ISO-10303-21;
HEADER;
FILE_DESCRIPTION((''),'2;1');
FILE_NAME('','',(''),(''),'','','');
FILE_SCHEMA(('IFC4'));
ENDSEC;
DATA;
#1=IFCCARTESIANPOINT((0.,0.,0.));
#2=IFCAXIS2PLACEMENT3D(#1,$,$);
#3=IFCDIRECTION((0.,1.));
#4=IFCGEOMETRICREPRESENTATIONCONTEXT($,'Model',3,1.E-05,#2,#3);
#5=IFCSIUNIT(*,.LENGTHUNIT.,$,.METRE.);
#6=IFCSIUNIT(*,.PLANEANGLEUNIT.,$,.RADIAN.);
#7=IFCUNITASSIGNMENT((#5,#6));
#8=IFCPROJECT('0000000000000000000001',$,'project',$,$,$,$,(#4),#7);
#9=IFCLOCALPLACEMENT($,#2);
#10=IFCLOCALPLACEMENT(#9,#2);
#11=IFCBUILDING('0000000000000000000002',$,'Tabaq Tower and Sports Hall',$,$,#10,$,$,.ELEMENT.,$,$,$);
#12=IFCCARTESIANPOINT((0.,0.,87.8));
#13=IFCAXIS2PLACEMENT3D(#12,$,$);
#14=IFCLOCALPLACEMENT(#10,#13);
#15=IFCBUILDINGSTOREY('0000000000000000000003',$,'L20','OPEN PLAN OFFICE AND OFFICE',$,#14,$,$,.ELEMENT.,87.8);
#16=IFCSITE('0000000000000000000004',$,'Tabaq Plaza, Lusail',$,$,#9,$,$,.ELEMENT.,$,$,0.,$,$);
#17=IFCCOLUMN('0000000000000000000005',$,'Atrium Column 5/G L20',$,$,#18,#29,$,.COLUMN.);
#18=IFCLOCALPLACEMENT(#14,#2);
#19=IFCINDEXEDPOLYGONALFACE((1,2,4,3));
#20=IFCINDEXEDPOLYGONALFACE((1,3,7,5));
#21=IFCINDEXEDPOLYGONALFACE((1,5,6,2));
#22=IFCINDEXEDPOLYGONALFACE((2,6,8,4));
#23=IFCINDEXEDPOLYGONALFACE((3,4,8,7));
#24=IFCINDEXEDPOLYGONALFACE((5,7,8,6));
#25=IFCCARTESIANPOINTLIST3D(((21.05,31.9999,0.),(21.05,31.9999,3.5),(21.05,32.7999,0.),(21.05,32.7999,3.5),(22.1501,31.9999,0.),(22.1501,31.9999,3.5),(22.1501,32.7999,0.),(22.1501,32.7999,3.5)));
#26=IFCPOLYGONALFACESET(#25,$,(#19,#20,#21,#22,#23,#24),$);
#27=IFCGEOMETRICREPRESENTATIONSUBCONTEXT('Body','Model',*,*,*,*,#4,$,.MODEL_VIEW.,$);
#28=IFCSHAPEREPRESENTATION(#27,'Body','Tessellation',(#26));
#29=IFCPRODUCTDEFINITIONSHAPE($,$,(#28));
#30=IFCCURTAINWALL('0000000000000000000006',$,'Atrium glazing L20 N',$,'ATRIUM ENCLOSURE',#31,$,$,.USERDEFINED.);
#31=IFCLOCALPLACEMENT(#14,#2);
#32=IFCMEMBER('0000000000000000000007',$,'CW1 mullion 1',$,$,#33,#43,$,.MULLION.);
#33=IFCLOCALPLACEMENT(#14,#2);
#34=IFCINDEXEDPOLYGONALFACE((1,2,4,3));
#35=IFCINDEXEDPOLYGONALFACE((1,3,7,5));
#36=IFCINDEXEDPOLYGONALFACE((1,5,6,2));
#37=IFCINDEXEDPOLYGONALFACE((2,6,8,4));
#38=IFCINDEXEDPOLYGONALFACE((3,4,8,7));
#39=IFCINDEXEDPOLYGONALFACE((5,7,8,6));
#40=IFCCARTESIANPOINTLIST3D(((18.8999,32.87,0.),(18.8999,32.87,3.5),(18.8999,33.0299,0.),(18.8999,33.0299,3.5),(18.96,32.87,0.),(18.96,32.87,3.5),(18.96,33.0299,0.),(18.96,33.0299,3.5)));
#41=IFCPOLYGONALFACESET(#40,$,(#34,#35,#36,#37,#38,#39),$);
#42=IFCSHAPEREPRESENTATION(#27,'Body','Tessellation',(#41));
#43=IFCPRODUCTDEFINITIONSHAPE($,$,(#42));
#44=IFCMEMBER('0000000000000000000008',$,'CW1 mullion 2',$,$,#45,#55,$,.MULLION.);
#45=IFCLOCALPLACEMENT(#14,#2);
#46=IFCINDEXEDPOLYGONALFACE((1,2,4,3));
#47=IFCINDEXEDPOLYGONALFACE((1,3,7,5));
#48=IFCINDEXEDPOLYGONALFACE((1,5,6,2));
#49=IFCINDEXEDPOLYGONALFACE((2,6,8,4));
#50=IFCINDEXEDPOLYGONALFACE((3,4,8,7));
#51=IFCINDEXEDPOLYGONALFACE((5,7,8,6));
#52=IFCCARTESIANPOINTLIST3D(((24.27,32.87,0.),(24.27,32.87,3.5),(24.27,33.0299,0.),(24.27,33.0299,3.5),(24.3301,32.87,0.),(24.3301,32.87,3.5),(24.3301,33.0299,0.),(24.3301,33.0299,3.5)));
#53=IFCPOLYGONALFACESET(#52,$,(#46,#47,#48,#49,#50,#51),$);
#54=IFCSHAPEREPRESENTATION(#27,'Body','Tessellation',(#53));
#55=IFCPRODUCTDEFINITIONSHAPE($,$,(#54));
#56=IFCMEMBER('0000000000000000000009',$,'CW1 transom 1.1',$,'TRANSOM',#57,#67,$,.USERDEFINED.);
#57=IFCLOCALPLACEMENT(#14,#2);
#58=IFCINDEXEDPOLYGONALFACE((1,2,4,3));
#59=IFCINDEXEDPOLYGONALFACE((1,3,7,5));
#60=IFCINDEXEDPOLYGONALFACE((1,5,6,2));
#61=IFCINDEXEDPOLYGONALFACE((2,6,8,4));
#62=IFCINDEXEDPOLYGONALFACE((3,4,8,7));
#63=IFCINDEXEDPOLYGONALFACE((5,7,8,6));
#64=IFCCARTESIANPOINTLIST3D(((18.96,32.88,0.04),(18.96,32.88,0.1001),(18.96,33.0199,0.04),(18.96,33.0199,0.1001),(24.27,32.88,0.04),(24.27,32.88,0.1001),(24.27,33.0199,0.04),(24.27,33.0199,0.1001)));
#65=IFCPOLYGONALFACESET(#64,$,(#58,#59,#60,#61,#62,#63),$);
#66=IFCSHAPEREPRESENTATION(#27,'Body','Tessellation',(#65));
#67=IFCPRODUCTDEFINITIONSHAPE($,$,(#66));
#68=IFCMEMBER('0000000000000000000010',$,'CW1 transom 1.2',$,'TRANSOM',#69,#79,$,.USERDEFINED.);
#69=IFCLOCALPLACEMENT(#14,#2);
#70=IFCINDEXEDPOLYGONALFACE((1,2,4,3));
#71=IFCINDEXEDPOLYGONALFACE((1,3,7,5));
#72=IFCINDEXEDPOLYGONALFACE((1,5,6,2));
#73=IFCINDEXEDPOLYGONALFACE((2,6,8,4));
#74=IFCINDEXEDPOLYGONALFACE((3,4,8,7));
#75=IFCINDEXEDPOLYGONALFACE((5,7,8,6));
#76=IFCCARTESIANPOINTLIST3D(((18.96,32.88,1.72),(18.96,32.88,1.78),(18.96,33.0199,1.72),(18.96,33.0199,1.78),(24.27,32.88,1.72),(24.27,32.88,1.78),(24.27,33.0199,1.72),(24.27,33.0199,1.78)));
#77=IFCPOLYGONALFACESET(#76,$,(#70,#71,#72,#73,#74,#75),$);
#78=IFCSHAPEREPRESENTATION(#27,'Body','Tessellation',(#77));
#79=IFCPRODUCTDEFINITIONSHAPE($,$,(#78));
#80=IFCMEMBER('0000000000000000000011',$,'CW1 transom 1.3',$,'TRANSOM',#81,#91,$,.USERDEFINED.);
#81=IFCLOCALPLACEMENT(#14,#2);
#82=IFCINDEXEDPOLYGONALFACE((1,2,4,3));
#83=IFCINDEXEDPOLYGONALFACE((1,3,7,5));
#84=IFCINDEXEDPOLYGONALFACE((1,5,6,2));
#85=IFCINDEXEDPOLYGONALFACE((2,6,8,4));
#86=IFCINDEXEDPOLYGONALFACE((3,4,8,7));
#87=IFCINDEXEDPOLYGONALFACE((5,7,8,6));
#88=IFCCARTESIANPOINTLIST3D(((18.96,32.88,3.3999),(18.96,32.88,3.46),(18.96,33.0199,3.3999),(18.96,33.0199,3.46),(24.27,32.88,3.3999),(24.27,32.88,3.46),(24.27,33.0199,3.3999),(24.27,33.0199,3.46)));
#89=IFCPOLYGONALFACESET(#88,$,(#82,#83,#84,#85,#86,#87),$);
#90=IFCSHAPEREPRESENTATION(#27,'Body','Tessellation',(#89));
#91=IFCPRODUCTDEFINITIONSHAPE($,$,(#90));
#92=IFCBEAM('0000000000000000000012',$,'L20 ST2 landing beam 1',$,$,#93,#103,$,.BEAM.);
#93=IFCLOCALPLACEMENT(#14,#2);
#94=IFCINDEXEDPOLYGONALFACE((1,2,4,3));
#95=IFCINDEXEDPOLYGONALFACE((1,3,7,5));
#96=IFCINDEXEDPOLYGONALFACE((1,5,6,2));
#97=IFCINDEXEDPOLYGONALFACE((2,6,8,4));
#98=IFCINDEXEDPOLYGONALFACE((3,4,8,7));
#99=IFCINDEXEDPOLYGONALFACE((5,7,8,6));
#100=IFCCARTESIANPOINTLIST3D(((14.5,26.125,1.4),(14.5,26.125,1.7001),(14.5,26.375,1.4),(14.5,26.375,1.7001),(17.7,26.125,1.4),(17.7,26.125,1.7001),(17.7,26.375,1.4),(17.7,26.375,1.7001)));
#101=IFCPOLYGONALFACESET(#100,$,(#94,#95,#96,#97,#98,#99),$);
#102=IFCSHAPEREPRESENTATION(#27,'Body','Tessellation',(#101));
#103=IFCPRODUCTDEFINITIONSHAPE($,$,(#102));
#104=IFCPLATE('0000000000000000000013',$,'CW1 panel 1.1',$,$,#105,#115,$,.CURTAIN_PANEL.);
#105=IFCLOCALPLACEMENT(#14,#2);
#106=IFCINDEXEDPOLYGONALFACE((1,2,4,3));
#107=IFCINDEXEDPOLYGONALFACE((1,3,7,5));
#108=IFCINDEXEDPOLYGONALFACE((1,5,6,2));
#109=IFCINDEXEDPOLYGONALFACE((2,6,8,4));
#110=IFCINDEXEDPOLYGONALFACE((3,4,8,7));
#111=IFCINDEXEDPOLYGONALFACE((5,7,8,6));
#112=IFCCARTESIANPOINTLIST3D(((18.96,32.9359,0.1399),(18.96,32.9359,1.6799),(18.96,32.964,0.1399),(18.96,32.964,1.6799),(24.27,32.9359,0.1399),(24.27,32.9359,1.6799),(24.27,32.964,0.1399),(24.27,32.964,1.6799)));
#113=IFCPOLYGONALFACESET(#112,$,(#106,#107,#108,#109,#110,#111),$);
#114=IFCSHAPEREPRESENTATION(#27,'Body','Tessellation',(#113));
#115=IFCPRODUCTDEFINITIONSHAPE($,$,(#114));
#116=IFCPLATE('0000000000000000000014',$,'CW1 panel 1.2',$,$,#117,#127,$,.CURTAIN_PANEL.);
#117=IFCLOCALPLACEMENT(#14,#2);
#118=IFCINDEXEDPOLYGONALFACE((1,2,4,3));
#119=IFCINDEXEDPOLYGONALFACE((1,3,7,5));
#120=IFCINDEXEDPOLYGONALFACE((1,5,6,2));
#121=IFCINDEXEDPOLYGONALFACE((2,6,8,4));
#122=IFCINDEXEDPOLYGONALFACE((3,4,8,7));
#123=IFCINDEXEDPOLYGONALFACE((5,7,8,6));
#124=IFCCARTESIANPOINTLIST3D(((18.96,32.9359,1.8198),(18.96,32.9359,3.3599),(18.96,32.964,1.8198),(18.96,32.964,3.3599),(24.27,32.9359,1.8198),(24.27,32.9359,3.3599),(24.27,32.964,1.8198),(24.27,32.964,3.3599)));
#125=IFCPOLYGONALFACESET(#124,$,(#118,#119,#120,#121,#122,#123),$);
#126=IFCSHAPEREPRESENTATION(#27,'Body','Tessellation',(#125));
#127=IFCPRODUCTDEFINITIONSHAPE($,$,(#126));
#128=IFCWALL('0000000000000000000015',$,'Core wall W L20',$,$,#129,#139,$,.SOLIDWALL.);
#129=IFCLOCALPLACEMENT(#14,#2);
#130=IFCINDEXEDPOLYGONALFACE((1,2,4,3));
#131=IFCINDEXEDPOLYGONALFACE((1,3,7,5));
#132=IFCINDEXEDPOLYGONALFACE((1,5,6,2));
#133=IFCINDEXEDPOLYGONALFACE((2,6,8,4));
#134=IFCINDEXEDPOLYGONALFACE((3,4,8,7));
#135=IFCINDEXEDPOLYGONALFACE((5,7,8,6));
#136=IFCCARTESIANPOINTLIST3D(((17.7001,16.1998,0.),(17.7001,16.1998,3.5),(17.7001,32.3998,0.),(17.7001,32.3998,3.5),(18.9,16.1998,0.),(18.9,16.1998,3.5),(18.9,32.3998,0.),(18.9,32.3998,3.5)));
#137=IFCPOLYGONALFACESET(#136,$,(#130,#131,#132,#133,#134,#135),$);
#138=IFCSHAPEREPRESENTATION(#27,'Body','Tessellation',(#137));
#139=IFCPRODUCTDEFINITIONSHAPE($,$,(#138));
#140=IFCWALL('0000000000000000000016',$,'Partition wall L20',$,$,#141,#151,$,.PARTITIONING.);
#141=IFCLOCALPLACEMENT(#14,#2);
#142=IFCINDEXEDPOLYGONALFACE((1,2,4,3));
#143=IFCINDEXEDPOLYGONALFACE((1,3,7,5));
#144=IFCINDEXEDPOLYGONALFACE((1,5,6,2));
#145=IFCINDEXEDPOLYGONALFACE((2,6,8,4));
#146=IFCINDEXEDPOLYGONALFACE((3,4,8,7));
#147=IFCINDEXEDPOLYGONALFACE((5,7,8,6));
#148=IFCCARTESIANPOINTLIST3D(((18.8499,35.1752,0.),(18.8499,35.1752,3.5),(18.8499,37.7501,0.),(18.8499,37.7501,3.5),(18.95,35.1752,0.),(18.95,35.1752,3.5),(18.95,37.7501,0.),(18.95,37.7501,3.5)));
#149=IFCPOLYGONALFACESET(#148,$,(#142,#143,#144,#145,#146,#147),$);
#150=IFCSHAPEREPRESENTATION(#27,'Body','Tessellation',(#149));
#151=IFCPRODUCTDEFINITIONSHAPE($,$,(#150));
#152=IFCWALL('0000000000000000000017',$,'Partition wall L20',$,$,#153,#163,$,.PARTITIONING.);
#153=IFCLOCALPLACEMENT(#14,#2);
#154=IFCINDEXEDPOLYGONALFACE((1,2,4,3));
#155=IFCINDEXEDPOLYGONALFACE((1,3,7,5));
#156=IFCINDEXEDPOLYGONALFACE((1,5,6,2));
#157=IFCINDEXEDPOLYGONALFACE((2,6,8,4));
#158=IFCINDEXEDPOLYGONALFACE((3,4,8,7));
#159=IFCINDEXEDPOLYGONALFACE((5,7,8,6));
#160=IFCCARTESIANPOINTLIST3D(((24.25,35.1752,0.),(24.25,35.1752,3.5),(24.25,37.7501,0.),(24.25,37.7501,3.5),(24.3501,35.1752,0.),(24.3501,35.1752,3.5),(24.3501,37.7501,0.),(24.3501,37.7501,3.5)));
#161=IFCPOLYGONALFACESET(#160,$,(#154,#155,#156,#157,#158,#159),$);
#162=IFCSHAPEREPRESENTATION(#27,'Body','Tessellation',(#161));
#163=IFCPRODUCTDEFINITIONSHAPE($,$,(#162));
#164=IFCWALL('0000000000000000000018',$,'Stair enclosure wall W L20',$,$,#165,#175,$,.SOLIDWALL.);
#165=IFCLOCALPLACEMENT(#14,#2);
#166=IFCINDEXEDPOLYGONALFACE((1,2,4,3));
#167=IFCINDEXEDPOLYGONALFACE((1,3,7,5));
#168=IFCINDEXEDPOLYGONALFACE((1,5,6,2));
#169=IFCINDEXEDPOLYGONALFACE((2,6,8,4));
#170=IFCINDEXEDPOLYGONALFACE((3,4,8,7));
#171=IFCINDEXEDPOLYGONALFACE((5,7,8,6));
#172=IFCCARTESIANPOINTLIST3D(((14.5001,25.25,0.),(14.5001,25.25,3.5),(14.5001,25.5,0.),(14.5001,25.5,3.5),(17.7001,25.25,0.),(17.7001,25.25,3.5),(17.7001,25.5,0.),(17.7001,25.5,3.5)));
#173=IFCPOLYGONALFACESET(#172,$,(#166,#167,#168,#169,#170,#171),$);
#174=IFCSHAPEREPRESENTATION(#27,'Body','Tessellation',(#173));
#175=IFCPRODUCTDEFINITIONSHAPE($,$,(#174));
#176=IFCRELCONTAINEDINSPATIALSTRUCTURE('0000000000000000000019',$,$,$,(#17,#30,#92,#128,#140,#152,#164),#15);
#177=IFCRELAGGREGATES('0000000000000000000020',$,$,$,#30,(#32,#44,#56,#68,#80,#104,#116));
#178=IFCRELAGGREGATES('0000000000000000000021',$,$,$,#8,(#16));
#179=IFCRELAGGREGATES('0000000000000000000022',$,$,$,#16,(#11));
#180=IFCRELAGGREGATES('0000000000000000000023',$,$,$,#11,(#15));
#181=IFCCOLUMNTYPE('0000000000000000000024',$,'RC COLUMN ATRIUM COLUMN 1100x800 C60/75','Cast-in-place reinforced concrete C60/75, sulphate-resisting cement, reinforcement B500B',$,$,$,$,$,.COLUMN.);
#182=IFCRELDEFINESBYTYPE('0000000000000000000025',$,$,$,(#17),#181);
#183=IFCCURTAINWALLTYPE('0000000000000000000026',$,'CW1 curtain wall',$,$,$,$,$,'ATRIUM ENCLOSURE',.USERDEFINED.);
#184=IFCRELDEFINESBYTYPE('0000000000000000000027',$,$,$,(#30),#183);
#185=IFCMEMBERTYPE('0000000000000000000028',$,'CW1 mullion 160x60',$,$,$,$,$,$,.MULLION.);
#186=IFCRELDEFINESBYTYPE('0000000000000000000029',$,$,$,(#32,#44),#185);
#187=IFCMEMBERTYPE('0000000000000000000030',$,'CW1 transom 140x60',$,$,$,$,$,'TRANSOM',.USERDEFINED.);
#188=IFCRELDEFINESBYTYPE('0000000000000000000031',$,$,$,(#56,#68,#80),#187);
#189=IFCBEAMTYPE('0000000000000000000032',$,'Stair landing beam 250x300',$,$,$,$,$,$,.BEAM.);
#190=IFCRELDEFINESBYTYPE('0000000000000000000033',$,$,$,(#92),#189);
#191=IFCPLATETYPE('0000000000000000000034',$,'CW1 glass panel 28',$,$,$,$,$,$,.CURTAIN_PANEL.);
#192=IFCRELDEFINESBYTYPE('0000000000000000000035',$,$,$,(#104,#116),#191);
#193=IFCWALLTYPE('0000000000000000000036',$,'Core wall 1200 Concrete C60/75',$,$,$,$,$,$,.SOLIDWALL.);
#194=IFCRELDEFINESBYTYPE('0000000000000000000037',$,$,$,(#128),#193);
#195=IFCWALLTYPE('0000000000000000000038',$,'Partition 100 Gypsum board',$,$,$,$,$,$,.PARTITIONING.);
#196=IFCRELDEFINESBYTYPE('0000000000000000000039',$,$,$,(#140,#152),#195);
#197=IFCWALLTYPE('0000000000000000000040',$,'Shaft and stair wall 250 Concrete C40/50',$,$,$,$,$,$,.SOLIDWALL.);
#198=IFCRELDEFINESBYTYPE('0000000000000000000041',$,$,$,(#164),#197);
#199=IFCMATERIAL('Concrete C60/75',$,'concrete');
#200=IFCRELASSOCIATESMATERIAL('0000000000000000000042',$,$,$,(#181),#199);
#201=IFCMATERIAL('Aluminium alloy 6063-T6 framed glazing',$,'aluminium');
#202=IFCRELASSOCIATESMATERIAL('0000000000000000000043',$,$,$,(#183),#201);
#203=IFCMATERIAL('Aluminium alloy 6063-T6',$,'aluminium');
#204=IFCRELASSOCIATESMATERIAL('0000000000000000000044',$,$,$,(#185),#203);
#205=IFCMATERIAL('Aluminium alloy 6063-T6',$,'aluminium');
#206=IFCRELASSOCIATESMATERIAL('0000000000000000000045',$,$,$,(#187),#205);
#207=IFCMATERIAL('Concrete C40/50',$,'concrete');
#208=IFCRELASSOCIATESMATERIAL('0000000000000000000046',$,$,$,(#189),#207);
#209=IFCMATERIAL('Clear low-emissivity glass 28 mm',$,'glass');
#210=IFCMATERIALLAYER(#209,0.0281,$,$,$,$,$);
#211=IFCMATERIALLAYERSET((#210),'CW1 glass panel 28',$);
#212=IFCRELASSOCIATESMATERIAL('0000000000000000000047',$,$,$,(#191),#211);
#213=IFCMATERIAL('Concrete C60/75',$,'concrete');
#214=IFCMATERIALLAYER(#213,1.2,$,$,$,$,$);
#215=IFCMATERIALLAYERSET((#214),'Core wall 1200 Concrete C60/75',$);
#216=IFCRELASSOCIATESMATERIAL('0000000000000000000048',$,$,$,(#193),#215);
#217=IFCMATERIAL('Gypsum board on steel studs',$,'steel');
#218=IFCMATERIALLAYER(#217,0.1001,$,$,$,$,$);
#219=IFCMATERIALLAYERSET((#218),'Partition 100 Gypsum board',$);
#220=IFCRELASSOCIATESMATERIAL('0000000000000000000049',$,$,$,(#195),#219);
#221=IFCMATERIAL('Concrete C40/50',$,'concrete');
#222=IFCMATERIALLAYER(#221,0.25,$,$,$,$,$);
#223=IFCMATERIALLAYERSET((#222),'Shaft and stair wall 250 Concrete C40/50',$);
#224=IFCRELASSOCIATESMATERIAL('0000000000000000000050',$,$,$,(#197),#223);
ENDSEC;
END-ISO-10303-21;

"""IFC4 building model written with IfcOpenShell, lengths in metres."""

from ifc_helpers import new_model, si_unit, direction, frame, frame_2d, origin, origin_2d, place, context, subcontext, project, spatial, rectangle, extrude, material, layer, layer_set, material_profile, profile_set, type_object, element, aggregate, save


model = new_model("IFC4")

# Units and contexts
model_context = context("Model", 3, precision=1e-05, world=origin(), true_north=direction((0.0, 1.0)))
body_context = subcontext(model_context, "Body", "Model", "MODEL_VIEW")
ifc_project = project(units=[si_unit("LENGTHUNIT", "METRE"), si_unit("PLANEANGLEUNIT", "RADIAN")], contexts=[model_context])

# Site, building, storey
site_placement = place(None, origin())
site = spatial("IfcSite", under=ifc_project, at=site_placement, Name="Tabaq Plaza, Lusail", CompositionType="ELEMENT", RefElevation=0.0)
building_placement = place(site_placement, origin())
building = spatial("IfcBuilding", under=site, at=building_placement, Name="Tabaq Tower and Sports Hall", CompositionType="ELEMENT")
storey_placement = place(building_placement, frame((0.0, 0.0, 87.8)))
storey = spatial("IfcBuildingStorey", under=building, at=storey_placement, Name="L20", Description="OPEN PLAN OFFICE AND OFFICE", CompositionType="ELEMENT", Elevation=87.8)

# Column
ifc_material_1 = material(Name="Concrete C60/75", Category="concrete")
ifc_material_profile_1 = material_profile(ifc_material_1, rectangle(XDim=1.1001, YDim=0.8, at=origin_2d()), Name="ATRIUM COLUMN 1100x800")
ifc_profile_set_1 = profile_set([ifc_material_profile_1], Name="Concrete C60/75")
column_type = type_object("IfcColumnType", Name="RC COLUMN ATRIUM COLUMN 1100x800 C60/75", Description="Cast-in-place reinforced concrete C60/75, sulphate-resisting cement, reinforcement B500B", PredefinedType="COLUMN", material=ifc_profile_set_1)
column_placement = place(storey_placement, frame((21.6001, 32.3999, 0.0), z_axis=(0.0, 0.0, 1.0), x_axis=(1.0, 0.0, 0.0)))
element("IfcColumn", 1, at=column_placement, inside=storey, type_object=column_type, Name="Atrium Column 5/G L20", PredefinedType="COLUMN", context=body_context, shape_type="SweptSolid", body=[
    extrude(rectangle(XDim=1.1001, YDim=0.8, at=origin_2d()), origin(), (0.0, 0.0, 1.0), 3.5),
])

# Curtain wall, members
ifc_material_2 = material(Name="Aluminium alloy 6063-T6 framed glazing", Category="aluminium")
curtain_wall_type = type_object("IfcCurtainWallType", Name="CW1 curtain wall", ElementType="ATRIUM ENCLOSURE", PredefinedType="USERDEFINED", material=ifc_material_2)
curtain_wall_placement = place(storey_placement, origin())
curtain_wall = element("IfcCurtainWall", 2, at=curtain_wall_placement, inside=storey, type_object=curtain_wall_type, Name="Atrium glazing L20 N", ObjectType="ATRIUM ENCLOSURE", PredefinedType="USERDEFINED")
ifc_material_3 = material(Name="Aluminium alloy 6063-T6", Category="aluminium")
ifc_material_profile_2 = material_profile(ifc_material_3, rectangle(XDim=0.1599, YDim=0.0601, at=origin_2d()), Name="MULLION 160x60")
ifc_profile_set_2 = profile_set([ifc_material_profile_2], Name="Aluminium alloy 6063-T6")
member_type_1 = type_object("IfcMemberType", Name="CW1 mullion 160x60", PredefinedType="MULLION", material=ifc_profile_set_2)
member_1_placement = place(storey_placement, frame((18.9299, 32.95, 0.0), z_axis=(0.0, 0.0, 1.0), x_axis=(0.0, 1.0, 0.0)))
member_1 = element("IfcMember", 3, at=member_1_placement, type_object=member_type_1, Name="CW1 mullion 1", PredefinedType="MULLION", context=body_context, shape_type="SweptSolid", body=[
    extrude(rectangle(XDim=0.1599, YDim=0.0601, at=origin_2d()), origin(), (0.0, 0.0, 1.0), 3.5),
])
member_2_placement = place(storey_placement, frame((24.3, 32.95, 0.0), z_axis=(0.0, 0.0, 1.0), x_axis=(0.0, 1.0, 0.0)))
member_2 = element("IfcMember", 4, at=member_2_placement, type_object=member_type_1, Name="CW1 mullion 2", PredefinedType="MULLION", context=body_context, shape_type="SweptSolid", body=[
    extrude(rectangle(XDim=0.1599, YDim=0.0601, at=origin_2d()), origin(), (0.0, 0.0, 1.0), 3.5),
])
ifc_material_4 = material(Name="Aluminium alloy 6063-T6", Category="aluminium")
ifc_material_profile_3 = material_profile(ifc_material_4, rectangle(XDim=0.1399, YDim=0.0601, at=origin_2d()), Name="TRANSOM 140x60")
ifc_profile_set_3 = profile_set([ifc_material_profile_3], Name="Aluminium alloy 6063-T6")
member_type_2 = type_object("IfcMemberType", Name="CW1 transom 140x60", ElementType="TRANSOM", PredefinedType="USERDEFINED", material=ifc_profile_set_3)
member_3_placement = place(storey_placement, frame((18.96, 32.95, 0.0701), z_axis=(1.0, 0.0, 0.0), x_axis=(0.0, 1.0, 0.0)))
member_3 = element("IfcMember", 5, at=member_3_placement, type_object=member_type_2, Name="CW1 transom 1.1", ObjectType="TRANSOM", PredefinedType="USERDEFINED", context=body_context, shape_type="SweptSolid", body=[
    extrude(rectangle(XDim=0.1399, YDim=0.0601, at=origin_2d()), origin(), (0.0, 0.0, 1.0), 5.3101),
])
member_4_placement = place(storey_placement, frame((18.96, 32.95, 1.75), z_axis=(1.0, 0.0, 0.0), x_axis=(0.0, 1.0, 0.0)))
member_4 = element("IfcMember", 6, at=member_4_placement, type_object=member_type_2, Name="CW1 transom 1.2", ObjectType="TRANSOM", PredefinedType="USERDEFINED", context=body_context, shape_type="SweptSolid", body=[
    extrude(rectangle(XDim=0.1399, YDim=0.0601, at=origin_2d()), origin(), (0.0, 0.0, 1.0), 5.3101),
])
member_5_placement = place(storey_placement, frame((18.96, 32.95, 3.4299), z_axis=(1.0, 0.0, 0.0), x_axis=(0.0, 1.0, 0.0)))
member_5 = element("IfcMember", 7, at=member_5_placement, type_object=member_type_2, Name="CW1 transom 1.3", ObjectType="TRANSOM", PredefinedType="USERDEFINED", context=body_context, shape_type="SweptSolid", body=[
    extrude(rectangle(XDim=0.1399, YDim=0.0601, at=origin_2d()), origin(), (0.0, 0.0, 1.0), 5.3101),
])

# Beam
ifc_material_5 = material(Name="Concrete C40/50", Category="concrete")
ifc_material_profile_4 = material_profile(ifc_material_5, rectangle(XDim=0.25, YDim=0.3, at=origin_2d()), Name="RC 250x300")
ifc_profile_set_4 = profile_set([ifc_material_profile_4], Name="Concrete C40/50")
beam_type = type_object("IfcBeamType", Name="Stair landing beam 250x300", PredefinedType="BEAM", material=ifc_profile_set_4)
beam_placement = place(storey_placement, frame((14.5, 26.25, 1.55), z_axis=(1.0, 0.0, 0.0), x_axis=(0.0, 1.0, 0.0)))
element("IfcBeam", 8, at=beam_placement, inside=storey, type_object=beam_type, Name="L20 ST2 landing beam 1", PredefinedType="BEAM", context=body_context, shape_type="SweptSolid", body=[
    extrude(rectangle(XDim=0.25, YDim=0.3, at=origin_2d()), origin(), (0.0, 0.0, 1.0), 3.2),
])

# Plates
ifc_material_6 = material(Name="Clear low-emissivity glass 28 mm", Category="glass")
ifc_layer_1 = layer(ifc_material_6, 0.0281)
ifc_layer_set_1 = layer_set([ifc_layer_1], Name="CW1 glass panel 28")
plate_type = type_object("IfcPlateType", Name="CW1 glass panel 28", PredefinedType="CURTAIN_PANEL", material=ifc_layer_set_1)
plate_1_placement = place(storey_placement, frame((21.615, 32.95, 0.1399), z_axis=(0.0, 0.0, 1.0), x_axis=(1.0, 0.0, 0.0)))
plate_1 = element("IfcPlate", 9, at=plate_1_placement, type_object=plate_type, Name="CW1 panel 1.1", PredefinedType="CURTAIN_PANEL", context=body_context, shape_type="SweptSolid", body=[
    extrude(rectangle(XDim=5.3101, YDim=0.0281, at=origin_2d()), origin(), (0.0, 0.0, 1.0), 1.54),
])
plate_2_placement = place(storey_placement, frame((21.615, 32.95, 1.8198), z_axis=(0.0, 0.0, 1.0), x_axis=(1.0, 0.0, 0.0)))
plate_2 = element("IfcPlate", 10, at=plate_2_placement, type_object=plate_type, Name="CW1 panel 1.2", PredefinedType="CURTAIN_PANEL", context=body_context, shape_type="SweptSolid", body=[
    extrude(rectangle(XDim=5.3101, YDim=0.0281, at=origin_2d()), origin(), (0.0, 0.0, 1.0), 1.54),
])
aggregate(curtain_wall, [member_1, member_2, member_3, member_4, member_5, plate_1, plate_2])

# Walls
ifc_material_7 = material(Name="Concrete C60/75", Category="concrete")
ifc_layer_2 = layer(ifc_material_7, 1.2)
ifc_layer_set_2 = layer_set([ifc_layer_2], Name="Core wall 1200 Concrete C60/75")
wall_type_1 = type_object("IfcWallType", Name="Core wall 1200 Concrete C60/75", PredefinedType="SOLIDWALL", material=ifc_layer_set_2)
wall_1_placement = place(storey_placement, frame((18.3, 32.3999, 0.0), z_axis=(0.0, 0.0, 1.0), x_axis=(0.0, -1.0, 0.0)))
element("IfcWall", 11, at=wall_1_placement, inside=storey, type_object=wall_type_1, Name="Core wall W L20", PredefinedType="SOLIDWALL", context=body_context, shape_type="SweptSolid", body=[
    extrude(rectangle(XDim=16.2, YDim=1.2, at=frame_2d((8.1001, 0.0))), origin(), (0.0, 0.0, 1.0), 3.5),
])
ifc_material_8 = material(Name="Gypsum board on steel studs", Category="steel")
ifc_layer_3 = layer(ifc_material_8, 0.1001)
ifc_layer_set_3 = layer_set([ifc_layer_3], Name="Partition 100 Gypsum board")
wall_type_2 = type_object("IfcWallType", Name="Partition 100 Gypsum board", PredefinedType="PARTITIONING", material=ifc_layer_set_3)
for number, where, z_axis, x_axis, name in (
    (12, (18.8999, 35.175, 0.0), (0.0, 0.0, 1.0), (0.0, 1.0, 0.0), "Partition wall L20"),
    (13, (24.3, 35.175, 0.0), (0.0, 0.0, 1.0), (0.0, 1.0, 0.0), "Partition wall L20"),
):
    element("IfcWall", number, at=place(storey_placement, frame(where, z_axis=z_axis, x_axis=x_axis)), inside=storey, type_object=wall_type_2, Name=name, PredefinedType="PARTITIONING", context=body_context, shape_type="SweptSolid", body=[
        extrude(rectangle(XDim=2.575, YDim=0.1001, at=frame_2d((1.2876, 0.0))), origin(), (0.0, 0.0, 1.0), 3.5),
    ])
ifc_material_9 = material(Name="Concrete C40/50", Category="concrete")
ifc_layer_4 = layer(ifc_material_9, 0.25)
ifc_layer_set_4 = layer_set([ifc_layer_4], Name="Shaft and stair wall 250 Concrete C40/50")
wall_type_3 = type_object("IfcWallType", Name="Shaft and stair wall 250 Concrete C40/50", PredefinedType="SOLIDWALL", material=ifc_layer_set_4)
wall_2_placement = place(storey_placement, frame((14.5, 25.375, 0.0), z_axis=(0.0, 0.0, 1.0), x_axis=(1.0, 0.0, 0.0)))
element("IfcWall", 14, at=wall_2_placement, inside=storey, type_object=wall_type_3, Name="Stair enclosure wall W L20", PredefinedType="SOLIDWALL", context=body_context, shape_type="SweptSolid", body=[
    extrude(rectangle(XDim=3.2, YDim=0.25, at=frame_2d((1.6001, 0.0))), origin(), (0.0, 0.0, 1.0), 3.5),
])

save(model, "model.ifc")
